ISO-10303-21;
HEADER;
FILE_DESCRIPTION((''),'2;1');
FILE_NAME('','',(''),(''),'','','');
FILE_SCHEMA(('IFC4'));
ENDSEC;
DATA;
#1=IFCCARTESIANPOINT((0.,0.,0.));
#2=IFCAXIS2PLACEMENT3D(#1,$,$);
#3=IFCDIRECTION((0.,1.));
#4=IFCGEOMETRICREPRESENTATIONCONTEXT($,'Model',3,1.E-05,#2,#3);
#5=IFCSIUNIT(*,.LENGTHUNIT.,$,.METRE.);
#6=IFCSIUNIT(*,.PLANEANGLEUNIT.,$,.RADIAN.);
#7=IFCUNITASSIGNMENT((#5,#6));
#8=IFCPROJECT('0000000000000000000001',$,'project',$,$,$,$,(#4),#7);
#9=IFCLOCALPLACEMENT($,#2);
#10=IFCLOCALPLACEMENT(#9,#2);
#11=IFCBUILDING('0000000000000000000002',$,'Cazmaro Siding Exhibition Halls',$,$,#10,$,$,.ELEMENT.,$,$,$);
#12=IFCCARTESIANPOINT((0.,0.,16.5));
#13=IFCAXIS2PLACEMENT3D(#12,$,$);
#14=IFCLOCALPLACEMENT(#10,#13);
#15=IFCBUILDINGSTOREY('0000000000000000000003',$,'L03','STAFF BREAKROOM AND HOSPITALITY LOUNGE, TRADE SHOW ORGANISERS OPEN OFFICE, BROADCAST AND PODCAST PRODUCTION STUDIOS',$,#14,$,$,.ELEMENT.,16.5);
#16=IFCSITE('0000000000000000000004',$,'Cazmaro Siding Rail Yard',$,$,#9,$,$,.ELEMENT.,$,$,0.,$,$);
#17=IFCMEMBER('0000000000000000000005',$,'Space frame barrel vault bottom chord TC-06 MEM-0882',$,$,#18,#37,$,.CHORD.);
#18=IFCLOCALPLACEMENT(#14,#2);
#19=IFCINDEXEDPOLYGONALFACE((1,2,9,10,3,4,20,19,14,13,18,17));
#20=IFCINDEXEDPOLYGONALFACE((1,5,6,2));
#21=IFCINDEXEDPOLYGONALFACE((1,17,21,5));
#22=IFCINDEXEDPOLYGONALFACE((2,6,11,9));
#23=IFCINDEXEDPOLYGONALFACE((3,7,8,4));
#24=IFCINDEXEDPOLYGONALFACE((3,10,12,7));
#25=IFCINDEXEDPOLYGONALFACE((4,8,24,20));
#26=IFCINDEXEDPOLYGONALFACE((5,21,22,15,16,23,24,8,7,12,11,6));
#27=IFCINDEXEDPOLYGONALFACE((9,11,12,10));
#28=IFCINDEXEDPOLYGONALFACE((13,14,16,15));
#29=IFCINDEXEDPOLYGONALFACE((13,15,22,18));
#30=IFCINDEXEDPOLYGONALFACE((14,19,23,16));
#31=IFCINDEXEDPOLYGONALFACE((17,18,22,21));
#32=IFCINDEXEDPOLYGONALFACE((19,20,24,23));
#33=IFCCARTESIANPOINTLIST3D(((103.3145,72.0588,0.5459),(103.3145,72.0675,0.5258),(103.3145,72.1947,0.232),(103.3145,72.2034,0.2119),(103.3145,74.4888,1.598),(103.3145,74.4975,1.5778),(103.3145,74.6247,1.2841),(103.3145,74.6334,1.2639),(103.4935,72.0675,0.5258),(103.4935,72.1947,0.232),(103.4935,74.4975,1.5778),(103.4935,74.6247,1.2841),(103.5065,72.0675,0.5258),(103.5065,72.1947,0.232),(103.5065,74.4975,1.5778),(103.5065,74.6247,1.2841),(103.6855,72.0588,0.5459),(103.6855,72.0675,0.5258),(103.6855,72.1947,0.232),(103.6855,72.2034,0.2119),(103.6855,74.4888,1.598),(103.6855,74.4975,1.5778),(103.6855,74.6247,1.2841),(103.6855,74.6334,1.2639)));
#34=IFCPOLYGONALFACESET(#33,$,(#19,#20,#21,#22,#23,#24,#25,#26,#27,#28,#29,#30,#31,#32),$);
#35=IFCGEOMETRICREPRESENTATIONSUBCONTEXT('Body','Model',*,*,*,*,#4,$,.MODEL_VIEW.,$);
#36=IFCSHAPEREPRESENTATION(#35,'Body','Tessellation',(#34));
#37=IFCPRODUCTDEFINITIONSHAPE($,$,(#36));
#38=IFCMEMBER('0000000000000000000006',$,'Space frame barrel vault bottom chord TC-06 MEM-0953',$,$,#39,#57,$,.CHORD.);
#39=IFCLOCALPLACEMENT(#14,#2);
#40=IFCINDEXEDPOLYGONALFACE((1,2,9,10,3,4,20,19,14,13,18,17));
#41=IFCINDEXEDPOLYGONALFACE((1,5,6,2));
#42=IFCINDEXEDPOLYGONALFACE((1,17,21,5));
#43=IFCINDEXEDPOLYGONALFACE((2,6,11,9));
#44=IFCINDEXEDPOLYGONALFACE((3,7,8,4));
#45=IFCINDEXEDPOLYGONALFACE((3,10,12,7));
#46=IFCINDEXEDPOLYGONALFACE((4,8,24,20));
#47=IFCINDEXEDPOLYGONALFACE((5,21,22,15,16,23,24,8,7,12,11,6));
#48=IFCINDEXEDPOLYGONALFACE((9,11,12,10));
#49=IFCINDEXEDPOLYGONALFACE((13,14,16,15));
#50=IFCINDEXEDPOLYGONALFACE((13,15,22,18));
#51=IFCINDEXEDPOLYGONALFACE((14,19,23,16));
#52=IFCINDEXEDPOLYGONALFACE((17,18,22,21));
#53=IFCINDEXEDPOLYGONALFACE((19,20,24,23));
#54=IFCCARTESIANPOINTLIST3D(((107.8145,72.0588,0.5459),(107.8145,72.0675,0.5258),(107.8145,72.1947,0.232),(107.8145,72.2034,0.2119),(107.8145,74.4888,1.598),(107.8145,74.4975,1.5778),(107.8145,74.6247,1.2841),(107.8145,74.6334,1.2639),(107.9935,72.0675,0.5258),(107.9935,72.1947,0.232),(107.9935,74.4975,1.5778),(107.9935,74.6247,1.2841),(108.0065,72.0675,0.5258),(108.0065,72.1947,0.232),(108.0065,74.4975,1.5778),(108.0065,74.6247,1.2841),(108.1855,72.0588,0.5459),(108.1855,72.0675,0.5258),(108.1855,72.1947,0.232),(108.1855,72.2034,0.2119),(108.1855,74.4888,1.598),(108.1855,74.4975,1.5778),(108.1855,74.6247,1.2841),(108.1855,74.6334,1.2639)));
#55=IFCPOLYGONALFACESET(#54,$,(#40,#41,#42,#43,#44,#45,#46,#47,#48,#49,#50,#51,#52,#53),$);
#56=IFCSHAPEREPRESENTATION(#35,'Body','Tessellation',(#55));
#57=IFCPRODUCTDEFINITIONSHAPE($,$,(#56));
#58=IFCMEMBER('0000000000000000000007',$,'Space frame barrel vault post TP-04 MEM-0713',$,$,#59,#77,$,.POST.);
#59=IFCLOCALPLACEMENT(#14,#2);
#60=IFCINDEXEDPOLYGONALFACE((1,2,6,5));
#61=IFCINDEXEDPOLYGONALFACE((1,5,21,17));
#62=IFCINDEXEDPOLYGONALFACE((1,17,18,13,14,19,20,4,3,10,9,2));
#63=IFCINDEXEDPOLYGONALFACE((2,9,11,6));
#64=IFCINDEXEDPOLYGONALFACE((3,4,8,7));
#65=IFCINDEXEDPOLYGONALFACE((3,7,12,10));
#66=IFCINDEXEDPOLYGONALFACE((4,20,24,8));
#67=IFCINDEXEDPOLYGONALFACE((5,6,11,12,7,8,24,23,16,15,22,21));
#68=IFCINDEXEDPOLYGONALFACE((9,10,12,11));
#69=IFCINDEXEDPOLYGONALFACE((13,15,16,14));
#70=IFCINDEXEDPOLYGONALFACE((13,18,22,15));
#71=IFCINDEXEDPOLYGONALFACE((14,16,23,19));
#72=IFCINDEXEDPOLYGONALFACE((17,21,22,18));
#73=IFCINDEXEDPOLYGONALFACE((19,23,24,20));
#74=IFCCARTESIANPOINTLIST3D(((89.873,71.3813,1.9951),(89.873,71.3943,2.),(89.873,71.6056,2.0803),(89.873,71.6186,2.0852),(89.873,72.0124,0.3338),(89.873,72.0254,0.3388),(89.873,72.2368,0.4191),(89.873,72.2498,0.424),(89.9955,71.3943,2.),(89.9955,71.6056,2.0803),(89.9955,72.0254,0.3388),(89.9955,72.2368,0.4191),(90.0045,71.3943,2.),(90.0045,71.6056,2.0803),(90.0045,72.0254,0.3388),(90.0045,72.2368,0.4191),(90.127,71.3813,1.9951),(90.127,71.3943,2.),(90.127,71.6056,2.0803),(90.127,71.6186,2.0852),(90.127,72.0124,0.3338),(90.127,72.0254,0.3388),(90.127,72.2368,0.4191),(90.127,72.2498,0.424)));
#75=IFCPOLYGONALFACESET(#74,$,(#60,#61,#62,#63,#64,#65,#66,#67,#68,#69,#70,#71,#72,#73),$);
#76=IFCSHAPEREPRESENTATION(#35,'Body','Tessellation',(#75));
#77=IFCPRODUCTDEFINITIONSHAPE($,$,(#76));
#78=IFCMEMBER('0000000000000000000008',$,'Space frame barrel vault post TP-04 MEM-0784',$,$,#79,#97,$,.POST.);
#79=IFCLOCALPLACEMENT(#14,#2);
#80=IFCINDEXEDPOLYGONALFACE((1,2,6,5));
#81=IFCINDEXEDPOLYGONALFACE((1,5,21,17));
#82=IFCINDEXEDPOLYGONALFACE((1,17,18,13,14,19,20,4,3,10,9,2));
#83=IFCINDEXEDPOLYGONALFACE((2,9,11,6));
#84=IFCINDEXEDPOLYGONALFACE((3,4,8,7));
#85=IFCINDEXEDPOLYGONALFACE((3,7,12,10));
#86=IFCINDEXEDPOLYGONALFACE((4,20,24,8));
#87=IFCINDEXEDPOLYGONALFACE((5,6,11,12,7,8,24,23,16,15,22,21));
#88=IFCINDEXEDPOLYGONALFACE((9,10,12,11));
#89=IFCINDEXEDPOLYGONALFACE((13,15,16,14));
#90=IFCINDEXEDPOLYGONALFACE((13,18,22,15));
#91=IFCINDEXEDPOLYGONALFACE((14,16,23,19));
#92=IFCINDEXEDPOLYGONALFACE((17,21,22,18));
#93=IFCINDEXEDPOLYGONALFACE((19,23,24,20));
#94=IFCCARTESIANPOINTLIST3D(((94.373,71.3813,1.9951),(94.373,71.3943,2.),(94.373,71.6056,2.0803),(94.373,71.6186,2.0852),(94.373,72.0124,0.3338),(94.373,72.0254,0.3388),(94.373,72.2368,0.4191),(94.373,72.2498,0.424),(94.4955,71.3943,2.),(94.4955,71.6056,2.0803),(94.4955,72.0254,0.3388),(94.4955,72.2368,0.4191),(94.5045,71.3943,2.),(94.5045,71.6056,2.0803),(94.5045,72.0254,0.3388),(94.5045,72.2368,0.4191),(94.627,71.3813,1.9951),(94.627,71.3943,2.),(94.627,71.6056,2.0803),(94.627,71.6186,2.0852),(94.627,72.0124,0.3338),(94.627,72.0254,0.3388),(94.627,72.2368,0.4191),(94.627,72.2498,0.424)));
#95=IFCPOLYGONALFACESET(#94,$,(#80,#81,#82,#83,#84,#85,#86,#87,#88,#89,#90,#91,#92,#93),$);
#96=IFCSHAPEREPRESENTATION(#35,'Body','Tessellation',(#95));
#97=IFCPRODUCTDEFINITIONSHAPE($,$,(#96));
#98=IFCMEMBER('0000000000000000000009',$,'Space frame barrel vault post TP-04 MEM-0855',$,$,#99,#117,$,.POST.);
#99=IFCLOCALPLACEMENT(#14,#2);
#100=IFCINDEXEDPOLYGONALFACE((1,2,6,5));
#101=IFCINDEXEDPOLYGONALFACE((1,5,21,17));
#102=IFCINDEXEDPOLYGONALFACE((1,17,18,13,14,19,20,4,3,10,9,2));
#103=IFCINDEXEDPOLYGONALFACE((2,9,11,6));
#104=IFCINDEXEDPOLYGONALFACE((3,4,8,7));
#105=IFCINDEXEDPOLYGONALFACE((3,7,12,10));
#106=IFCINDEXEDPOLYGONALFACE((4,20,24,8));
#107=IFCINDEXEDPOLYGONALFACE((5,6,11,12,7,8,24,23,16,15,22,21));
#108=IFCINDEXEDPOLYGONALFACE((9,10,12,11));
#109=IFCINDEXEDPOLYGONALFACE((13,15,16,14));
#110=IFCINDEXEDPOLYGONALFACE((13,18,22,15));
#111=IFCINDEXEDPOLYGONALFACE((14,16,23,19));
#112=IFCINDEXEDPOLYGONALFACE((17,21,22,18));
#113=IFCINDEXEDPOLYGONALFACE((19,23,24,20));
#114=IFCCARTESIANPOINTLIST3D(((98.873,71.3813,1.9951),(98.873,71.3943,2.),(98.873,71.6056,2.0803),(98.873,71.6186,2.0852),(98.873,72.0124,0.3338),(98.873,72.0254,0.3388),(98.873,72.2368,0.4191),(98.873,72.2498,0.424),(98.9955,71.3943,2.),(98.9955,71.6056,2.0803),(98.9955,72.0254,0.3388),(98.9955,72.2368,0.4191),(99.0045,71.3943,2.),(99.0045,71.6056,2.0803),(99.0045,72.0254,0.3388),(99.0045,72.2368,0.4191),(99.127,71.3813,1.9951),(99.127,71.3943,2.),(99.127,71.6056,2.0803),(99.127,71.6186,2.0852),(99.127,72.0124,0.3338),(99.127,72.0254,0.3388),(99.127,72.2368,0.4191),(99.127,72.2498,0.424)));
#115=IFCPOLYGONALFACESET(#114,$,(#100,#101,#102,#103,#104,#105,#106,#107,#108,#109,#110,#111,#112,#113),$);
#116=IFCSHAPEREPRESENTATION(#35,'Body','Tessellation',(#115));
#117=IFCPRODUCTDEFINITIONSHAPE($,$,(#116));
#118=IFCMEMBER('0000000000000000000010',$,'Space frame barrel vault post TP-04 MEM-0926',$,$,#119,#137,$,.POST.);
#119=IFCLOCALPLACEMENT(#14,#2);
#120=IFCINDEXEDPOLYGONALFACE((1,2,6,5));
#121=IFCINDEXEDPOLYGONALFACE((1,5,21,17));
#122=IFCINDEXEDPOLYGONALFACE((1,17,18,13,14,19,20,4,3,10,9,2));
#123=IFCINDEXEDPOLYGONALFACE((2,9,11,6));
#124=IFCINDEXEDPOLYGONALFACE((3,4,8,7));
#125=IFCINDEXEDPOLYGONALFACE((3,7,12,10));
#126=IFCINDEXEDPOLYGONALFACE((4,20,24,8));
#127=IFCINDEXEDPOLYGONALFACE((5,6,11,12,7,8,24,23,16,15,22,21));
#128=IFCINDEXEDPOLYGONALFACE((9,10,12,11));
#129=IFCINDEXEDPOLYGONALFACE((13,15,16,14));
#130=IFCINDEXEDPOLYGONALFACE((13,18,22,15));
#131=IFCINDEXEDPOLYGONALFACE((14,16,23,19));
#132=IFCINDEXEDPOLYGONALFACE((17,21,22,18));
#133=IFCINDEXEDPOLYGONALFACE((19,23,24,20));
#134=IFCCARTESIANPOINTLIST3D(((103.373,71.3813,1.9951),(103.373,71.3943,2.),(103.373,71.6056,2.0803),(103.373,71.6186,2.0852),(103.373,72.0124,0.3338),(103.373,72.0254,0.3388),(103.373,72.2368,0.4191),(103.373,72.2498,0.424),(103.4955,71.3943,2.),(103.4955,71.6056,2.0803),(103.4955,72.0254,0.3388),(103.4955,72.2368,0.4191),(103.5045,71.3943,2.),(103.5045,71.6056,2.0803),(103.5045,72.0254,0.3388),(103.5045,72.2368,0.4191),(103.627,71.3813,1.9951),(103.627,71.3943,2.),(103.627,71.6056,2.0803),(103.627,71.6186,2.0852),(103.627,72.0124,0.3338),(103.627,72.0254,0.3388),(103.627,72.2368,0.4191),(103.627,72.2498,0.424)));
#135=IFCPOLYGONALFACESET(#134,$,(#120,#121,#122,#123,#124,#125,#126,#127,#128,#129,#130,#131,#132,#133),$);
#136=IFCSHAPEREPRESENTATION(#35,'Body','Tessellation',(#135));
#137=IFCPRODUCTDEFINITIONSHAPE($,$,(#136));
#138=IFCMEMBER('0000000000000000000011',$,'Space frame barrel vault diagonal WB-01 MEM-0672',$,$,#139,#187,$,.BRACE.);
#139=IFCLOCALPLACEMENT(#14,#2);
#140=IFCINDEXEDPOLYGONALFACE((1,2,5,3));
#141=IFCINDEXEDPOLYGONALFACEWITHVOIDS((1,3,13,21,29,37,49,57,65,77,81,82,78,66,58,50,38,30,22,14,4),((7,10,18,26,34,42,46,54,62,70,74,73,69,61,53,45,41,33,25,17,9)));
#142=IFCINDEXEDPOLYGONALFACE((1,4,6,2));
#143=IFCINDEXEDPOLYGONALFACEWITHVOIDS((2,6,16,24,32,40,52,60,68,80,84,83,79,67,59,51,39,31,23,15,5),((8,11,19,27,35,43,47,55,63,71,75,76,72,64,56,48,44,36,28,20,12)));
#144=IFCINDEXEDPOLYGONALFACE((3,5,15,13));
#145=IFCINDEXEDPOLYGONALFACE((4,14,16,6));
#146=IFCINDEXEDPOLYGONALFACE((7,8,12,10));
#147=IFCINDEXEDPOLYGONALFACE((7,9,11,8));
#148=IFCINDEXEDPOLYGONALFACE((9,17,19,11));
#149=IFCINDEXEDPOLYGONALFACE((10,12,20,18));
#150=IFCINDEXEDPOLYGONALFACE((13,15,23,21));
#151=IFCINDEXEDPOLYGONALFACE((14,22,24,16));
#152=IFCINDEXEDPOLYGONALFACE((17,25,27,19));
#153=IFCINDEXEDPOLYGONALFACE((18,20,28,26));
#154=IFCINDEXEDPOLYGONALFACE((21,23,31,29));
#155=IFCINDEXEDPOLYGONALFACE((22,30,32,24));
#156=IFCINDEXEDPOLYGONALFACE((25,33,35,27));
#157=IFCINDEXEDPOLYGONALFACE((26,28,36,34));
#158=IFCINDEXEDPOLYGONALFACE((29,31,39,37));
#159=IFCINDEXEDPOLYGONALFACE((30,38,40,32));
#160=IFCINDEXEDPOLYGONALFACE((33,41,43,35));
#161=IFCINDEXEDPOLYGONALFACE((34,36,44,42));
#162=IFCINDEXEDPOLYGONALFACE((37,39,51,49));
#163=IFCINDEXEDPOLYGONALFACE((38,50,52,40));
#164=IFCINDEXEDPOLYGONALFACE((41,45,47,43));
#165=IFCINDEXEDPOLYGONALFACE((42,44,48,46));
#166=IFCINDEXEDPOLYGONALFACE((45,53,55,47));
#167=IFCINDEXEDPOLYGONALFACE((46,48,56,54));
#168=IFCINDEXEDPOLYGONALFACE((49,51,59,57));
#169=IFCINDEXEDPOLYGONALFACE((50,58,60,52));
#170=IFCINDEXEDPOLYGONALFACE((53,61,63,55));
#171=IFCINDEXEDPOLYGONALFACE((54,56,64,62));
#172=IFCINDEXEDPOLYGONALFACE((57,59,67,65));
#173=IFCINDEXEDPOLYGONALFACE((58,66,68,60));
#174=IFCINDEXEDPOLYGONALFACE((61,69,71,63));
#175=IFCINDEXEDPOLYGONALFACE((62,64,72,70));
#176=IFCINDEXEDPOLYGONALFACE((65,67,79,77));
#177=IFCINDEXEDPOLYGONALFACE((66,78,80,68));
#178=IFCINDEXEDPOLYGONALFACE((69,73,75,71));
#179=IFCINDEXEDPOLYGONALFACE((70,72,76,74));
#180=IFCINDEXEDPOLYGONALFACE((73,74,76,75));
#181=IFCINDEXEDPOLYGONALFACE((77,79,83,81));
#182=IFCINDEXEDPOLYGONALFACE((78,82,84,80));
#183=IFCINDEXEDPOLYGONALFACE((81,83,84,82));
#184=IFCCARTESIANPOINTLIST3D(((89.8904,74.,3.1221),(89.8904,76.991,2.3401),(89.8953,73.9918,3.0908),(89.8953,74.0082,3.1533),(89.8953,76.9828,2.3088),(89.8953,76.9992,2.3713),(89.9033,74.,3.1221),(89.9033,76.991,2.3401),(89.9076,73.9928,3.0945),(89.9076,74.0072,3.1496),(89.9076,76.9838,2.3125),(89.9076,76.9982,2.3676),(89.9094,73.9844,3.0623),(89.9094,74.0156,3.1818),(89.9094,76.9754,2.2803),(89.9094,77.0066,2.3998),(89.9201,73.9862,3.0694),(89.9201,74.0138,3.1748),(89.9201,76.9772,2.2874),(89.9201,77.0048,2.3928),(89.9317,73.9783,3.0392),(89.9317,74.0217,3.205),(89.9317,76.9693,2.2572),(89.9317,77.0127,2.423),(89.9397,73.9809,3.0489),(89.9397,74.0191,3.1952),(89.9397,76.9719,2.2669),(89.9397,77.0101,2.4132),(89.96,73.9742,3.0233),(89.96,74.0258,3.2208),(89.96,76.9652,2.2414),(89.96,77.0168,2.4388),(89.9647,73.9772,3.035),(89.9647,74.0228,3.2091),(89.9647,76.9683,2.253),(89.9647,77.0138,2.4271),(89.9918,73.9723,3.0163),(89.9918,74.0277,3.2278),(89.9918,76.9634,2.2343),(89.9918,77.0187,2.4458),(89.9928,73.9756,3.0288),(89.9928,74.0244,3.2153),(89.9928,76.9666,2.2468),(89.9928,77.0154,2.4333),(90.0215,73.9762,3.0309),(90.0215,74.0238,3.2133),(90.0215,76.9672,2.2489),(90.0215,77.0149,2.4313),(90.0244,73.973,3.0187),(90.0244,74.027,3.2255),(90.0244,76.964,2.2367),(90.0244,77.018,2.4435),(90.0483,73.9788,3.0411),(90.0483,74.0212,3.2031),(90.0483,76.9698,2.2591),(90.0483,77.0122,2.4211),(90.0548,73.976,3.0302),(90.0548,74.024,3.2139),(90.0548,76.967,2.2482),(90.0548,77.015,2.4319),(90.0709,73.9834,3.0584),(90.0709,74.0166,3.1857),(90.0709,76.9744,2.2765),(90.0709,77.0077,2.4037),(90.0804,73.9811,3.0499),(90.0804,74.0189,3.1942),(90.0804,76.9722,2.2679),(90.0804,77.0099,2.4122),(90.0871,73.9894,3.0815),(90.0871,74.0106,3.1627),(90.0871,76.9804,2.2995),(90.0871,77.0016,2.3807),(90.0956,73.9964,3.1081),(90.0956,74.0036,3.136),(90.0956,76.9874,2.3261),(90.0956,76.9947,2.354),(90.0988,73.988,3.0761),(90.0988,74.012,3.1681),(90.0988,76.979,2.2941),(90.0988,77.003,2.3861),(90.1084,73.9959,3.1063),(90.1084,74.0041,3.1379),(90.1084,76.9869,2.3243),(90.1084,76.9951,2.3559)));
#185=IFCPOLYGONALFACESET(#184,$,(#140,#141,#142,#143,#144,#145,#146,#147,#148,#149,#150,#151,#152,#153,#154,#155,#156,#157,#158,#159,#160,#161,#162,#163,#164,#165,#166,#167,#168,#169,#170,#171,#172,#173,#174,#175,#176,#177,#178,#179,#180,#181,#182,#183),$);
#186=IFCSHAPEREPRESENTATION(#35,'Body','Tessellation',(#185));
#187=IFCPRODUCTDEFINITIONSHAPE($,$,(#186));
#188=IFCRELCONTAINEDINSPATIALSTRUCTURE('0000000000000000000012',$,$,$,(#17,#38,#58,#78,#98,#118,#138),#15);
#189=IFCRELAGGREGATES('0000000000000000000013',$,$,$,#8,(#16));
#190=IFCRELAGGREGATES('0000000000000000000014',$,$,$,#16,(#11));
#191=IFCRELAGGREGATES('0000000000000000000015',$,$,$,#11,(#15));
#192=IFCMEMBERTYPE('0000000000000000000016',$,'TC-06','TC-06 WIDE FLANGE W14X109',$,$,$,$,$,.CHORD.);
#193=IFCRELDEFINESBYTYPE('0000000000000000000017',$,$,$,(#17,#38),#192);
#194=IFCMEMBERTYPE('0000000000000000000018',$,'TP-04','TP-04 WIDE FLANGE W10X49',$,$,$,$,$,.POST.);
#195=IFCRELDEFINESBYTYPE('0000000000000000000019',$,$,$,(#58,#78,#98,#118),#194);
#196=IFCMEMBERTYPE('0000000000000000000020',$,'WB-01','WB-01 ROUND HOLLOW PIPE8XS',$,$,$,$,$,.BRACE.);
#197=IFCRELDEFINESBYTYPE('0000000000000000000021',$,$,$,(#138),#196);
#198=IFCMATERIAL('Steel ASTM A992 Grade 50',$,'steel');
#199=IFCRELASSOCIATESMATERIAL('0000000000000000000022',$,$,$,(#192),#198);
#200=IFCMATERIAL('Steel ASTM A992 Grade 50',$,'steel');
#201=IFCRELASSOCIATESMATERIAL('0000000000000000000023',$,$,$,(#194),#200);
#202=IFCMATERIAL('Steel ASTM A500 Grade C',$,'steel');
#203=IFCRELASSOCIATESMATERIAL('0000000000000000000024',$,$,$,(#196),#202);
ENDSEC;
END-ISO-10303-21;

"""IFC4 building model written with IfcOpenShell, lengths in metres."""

from ifc_helpers import new_model, si_unit, direction, frame, origin, origin_2d, place, context, subcontext, project, spatial, hollow_circle, i_section, extrude, material, material_profile, profile_set, type_object, element, save


model = new_model("IFC4")

# Units and contexts
model_context = context("Model", 3, precision=1e-05, world=origin(), true_north=direction((0.0, 1.0)))
body_context = subcontext(model_context, "Body", "Model", "MODEL_VIEW")
ifc_project = project(units=[si_unit("LENGTHUNIT", "METRE"), si_unit("PLANEANGLEUNIT", "RADIAN")], contexts=[model_context])

# Site, building, storey
site_placement = place(None, origin())
site = spatial("IfcSite", under=ifc_project, at=site_placement, Name="Cazmaro Siding Rail Yard", CompositionType="ELEMENT", RefElevation=0.0)
building_placement = place(site_placement, origin())
building = spatial("IfcBuilding", under=site, at=building_placement, Name="Cazmaro Siding Exhibition Halls", CompositionType="ELEMENT")
storey_placement = place(building_placement, frame((0.0, 0.0, 16.5)))
storey = spatial("IfcBuildingStorey", under=building, at=storey_placement, Name="L03", Description="STAFF BREAKROOM AND HOSPITALITY LOUNGE, TRADE SHOW ORGANISERS OPEN OFFICE, BROADCAST AND PODCAST PRODUCTION STUDIOS", CompositionType="ELEMENT", Elevation=16.5)

# Members
ifc_material_1 = material(Name="Steel ASTM A992 Grade 50", Category="steel")
ifc_material_profile_1 = material_profile(ifc_material_1, i_section(OverallWidth=0.3711, OverallDepth=0.364, WebThickness=0.0129, FlangeThickness=0.022, at=origin_2d()), Name="W14X109")
ifc_profile_set_1 = profile_set([ifc_material_profile_1], Name="Steel ASTM A992 Grade 50")
member_type_1 = type_object("IfcMemberType", Name="TC-06", Description="TC-06 WIDE FLANGE W14X109", PredefinedType="CHORD", material=ifc_profile_set_1)
for number, where, z_axis, x_axis, name in (
    (1, (103.5, 72.1311, 0.3789), (0.0, 0.917689, 0.397299), (-1.0, 0.0, 0.0), "Space frame barrel vault bottom chord TC-06 MEM-0882"),
    (2, (108.0, 72.1311, 0.3789), (0.0, 0.917689, 0.397299), (-1.0, 0.0, 0.0), "Space frame barrel vault bottom chord TC-06 MEM-0953"),
):
    element("IfcMember", number, at=place(storey_placement, frame(where, z_axis=z_axis, x_axis=x_axis)), inside=storey, type_object=member_type_1, Name=name, PredefinedType="CHORD", context=body_context, shape_type="SweptSolid", body=[
        extrude(i_section(OverallWidth=0.3711, OverallDepth=0.364, WebThickness=0.0129, FlangeThickness=0.022, at=origin_2d()), origin(), (0.0, 0.0, 1.0), 2.6479),
    ])
ifc_material_2 = material(Name="Steel ASTM A992 Grade 50", Category="steel")
ifc_material_profile_2 = material_profile(ifc_material_2, i_section(OverallWidth=0.2539, OverallDepth=0.2539, WebThickness=0.009, FlangeThickness=0.0139, at=origin_2d()), Name="W10X49")
ifc_profile_set_2 = profile_set([ifc_material_profile_2], Name="Steel ASTM A992 Grade 50")
member_type_2 = type_object("IfcMemberType", Name="TP-04", Description="TP-04 WIDE FLANGE W10X49", PredefinedType="POST", material=ifc_profile_set_2)
for number, where, z_axis, x_axis, name in (
    (3, (90.0, 72.1311, 0.3789), (0.0, -0.355155, 0.934807), (1.0, 0.0, 0.0), "Space frame barrel vault post TP-04 MEM-0713"),
    (4, (94.5, 72.1311, 0.3789), (0.0, -0.355155, 0.934807), (1.0, 0.0, 0.0), "Space frame barrel vault post TP-04 MEM-0784"),
    (5, (99.0, 72.1311, 0.3789), (0.0, -0.355155, 0.934807), (1.0, 0.0, 0.0), "Space frame barrel vault post TP-04 MEM-0855"),
    (6, (103.5, 72.1311, 0.3789), (0.0, -0.355155, 0.934807), (1.0, 0.0, 0.0), "Space frame barrel vault post TP-04 MEM-0926"),
):
    element("IfcMember", number, at=place(storey_placement, frame(where, z_axis=z_axis, x_axis=x_axis)), inside=storey, type_object=member_type_2, Name=name, PredefinedType="POST", context=body_context, shape_type="SweptSolid", body=[
        extrude(i_section(OverallWidth=0.2539, OverallDepth=0.2539, WebThickness=0.009, FlangeThickness=0.0139, at=origin_2d()), origin(), (0.0, 0.0, 1.0), 1.7771),
    ])
ifc_material_3 = material(Name="Steel ASTM A500 Grade C", Category="steel")
ifc_material_profile_3 = material_profile(ifc_material_3, hollow_circle(Radius=0.1096, WallThickness=0.0129, at=origin_2d()), Name="PIPE8XS")
ifc_profile_set_3 = profile_set([ifc_material_profile_3], Name="Steel ASTM A500 Grade C")
member_type_3 = type_object("IfcMemberType", Name="WB-01", Description="WB-01 ROUND HOLLOW PIPE8XS", PredefinedType="BRACE", material=ifc_profile_set_3)
member_1_placement = place(storey_placement, frame((90.0, 74.0, 3.1221), z_axis=(0.0, 0.96748, -0.252946), x_axis=(-1.0, 0.0, 0.0)))
element("IfcMember", 7, at=member_1_placement, inside=storey, type_object=member_type_3, Name="Space frame barrel vault diagonal WB-01 MEM-0672", PredefinedType="BRACE", context=body_context, shape_type="SweptSolid", body=[
    extrude(hollow_circle(Radius=0.1096, WallThickness=0.0129, at=origin_2d()), origin(), (0.0, 0.0, 1.0), 3.0916),
])

save(model, "model.ifc")
